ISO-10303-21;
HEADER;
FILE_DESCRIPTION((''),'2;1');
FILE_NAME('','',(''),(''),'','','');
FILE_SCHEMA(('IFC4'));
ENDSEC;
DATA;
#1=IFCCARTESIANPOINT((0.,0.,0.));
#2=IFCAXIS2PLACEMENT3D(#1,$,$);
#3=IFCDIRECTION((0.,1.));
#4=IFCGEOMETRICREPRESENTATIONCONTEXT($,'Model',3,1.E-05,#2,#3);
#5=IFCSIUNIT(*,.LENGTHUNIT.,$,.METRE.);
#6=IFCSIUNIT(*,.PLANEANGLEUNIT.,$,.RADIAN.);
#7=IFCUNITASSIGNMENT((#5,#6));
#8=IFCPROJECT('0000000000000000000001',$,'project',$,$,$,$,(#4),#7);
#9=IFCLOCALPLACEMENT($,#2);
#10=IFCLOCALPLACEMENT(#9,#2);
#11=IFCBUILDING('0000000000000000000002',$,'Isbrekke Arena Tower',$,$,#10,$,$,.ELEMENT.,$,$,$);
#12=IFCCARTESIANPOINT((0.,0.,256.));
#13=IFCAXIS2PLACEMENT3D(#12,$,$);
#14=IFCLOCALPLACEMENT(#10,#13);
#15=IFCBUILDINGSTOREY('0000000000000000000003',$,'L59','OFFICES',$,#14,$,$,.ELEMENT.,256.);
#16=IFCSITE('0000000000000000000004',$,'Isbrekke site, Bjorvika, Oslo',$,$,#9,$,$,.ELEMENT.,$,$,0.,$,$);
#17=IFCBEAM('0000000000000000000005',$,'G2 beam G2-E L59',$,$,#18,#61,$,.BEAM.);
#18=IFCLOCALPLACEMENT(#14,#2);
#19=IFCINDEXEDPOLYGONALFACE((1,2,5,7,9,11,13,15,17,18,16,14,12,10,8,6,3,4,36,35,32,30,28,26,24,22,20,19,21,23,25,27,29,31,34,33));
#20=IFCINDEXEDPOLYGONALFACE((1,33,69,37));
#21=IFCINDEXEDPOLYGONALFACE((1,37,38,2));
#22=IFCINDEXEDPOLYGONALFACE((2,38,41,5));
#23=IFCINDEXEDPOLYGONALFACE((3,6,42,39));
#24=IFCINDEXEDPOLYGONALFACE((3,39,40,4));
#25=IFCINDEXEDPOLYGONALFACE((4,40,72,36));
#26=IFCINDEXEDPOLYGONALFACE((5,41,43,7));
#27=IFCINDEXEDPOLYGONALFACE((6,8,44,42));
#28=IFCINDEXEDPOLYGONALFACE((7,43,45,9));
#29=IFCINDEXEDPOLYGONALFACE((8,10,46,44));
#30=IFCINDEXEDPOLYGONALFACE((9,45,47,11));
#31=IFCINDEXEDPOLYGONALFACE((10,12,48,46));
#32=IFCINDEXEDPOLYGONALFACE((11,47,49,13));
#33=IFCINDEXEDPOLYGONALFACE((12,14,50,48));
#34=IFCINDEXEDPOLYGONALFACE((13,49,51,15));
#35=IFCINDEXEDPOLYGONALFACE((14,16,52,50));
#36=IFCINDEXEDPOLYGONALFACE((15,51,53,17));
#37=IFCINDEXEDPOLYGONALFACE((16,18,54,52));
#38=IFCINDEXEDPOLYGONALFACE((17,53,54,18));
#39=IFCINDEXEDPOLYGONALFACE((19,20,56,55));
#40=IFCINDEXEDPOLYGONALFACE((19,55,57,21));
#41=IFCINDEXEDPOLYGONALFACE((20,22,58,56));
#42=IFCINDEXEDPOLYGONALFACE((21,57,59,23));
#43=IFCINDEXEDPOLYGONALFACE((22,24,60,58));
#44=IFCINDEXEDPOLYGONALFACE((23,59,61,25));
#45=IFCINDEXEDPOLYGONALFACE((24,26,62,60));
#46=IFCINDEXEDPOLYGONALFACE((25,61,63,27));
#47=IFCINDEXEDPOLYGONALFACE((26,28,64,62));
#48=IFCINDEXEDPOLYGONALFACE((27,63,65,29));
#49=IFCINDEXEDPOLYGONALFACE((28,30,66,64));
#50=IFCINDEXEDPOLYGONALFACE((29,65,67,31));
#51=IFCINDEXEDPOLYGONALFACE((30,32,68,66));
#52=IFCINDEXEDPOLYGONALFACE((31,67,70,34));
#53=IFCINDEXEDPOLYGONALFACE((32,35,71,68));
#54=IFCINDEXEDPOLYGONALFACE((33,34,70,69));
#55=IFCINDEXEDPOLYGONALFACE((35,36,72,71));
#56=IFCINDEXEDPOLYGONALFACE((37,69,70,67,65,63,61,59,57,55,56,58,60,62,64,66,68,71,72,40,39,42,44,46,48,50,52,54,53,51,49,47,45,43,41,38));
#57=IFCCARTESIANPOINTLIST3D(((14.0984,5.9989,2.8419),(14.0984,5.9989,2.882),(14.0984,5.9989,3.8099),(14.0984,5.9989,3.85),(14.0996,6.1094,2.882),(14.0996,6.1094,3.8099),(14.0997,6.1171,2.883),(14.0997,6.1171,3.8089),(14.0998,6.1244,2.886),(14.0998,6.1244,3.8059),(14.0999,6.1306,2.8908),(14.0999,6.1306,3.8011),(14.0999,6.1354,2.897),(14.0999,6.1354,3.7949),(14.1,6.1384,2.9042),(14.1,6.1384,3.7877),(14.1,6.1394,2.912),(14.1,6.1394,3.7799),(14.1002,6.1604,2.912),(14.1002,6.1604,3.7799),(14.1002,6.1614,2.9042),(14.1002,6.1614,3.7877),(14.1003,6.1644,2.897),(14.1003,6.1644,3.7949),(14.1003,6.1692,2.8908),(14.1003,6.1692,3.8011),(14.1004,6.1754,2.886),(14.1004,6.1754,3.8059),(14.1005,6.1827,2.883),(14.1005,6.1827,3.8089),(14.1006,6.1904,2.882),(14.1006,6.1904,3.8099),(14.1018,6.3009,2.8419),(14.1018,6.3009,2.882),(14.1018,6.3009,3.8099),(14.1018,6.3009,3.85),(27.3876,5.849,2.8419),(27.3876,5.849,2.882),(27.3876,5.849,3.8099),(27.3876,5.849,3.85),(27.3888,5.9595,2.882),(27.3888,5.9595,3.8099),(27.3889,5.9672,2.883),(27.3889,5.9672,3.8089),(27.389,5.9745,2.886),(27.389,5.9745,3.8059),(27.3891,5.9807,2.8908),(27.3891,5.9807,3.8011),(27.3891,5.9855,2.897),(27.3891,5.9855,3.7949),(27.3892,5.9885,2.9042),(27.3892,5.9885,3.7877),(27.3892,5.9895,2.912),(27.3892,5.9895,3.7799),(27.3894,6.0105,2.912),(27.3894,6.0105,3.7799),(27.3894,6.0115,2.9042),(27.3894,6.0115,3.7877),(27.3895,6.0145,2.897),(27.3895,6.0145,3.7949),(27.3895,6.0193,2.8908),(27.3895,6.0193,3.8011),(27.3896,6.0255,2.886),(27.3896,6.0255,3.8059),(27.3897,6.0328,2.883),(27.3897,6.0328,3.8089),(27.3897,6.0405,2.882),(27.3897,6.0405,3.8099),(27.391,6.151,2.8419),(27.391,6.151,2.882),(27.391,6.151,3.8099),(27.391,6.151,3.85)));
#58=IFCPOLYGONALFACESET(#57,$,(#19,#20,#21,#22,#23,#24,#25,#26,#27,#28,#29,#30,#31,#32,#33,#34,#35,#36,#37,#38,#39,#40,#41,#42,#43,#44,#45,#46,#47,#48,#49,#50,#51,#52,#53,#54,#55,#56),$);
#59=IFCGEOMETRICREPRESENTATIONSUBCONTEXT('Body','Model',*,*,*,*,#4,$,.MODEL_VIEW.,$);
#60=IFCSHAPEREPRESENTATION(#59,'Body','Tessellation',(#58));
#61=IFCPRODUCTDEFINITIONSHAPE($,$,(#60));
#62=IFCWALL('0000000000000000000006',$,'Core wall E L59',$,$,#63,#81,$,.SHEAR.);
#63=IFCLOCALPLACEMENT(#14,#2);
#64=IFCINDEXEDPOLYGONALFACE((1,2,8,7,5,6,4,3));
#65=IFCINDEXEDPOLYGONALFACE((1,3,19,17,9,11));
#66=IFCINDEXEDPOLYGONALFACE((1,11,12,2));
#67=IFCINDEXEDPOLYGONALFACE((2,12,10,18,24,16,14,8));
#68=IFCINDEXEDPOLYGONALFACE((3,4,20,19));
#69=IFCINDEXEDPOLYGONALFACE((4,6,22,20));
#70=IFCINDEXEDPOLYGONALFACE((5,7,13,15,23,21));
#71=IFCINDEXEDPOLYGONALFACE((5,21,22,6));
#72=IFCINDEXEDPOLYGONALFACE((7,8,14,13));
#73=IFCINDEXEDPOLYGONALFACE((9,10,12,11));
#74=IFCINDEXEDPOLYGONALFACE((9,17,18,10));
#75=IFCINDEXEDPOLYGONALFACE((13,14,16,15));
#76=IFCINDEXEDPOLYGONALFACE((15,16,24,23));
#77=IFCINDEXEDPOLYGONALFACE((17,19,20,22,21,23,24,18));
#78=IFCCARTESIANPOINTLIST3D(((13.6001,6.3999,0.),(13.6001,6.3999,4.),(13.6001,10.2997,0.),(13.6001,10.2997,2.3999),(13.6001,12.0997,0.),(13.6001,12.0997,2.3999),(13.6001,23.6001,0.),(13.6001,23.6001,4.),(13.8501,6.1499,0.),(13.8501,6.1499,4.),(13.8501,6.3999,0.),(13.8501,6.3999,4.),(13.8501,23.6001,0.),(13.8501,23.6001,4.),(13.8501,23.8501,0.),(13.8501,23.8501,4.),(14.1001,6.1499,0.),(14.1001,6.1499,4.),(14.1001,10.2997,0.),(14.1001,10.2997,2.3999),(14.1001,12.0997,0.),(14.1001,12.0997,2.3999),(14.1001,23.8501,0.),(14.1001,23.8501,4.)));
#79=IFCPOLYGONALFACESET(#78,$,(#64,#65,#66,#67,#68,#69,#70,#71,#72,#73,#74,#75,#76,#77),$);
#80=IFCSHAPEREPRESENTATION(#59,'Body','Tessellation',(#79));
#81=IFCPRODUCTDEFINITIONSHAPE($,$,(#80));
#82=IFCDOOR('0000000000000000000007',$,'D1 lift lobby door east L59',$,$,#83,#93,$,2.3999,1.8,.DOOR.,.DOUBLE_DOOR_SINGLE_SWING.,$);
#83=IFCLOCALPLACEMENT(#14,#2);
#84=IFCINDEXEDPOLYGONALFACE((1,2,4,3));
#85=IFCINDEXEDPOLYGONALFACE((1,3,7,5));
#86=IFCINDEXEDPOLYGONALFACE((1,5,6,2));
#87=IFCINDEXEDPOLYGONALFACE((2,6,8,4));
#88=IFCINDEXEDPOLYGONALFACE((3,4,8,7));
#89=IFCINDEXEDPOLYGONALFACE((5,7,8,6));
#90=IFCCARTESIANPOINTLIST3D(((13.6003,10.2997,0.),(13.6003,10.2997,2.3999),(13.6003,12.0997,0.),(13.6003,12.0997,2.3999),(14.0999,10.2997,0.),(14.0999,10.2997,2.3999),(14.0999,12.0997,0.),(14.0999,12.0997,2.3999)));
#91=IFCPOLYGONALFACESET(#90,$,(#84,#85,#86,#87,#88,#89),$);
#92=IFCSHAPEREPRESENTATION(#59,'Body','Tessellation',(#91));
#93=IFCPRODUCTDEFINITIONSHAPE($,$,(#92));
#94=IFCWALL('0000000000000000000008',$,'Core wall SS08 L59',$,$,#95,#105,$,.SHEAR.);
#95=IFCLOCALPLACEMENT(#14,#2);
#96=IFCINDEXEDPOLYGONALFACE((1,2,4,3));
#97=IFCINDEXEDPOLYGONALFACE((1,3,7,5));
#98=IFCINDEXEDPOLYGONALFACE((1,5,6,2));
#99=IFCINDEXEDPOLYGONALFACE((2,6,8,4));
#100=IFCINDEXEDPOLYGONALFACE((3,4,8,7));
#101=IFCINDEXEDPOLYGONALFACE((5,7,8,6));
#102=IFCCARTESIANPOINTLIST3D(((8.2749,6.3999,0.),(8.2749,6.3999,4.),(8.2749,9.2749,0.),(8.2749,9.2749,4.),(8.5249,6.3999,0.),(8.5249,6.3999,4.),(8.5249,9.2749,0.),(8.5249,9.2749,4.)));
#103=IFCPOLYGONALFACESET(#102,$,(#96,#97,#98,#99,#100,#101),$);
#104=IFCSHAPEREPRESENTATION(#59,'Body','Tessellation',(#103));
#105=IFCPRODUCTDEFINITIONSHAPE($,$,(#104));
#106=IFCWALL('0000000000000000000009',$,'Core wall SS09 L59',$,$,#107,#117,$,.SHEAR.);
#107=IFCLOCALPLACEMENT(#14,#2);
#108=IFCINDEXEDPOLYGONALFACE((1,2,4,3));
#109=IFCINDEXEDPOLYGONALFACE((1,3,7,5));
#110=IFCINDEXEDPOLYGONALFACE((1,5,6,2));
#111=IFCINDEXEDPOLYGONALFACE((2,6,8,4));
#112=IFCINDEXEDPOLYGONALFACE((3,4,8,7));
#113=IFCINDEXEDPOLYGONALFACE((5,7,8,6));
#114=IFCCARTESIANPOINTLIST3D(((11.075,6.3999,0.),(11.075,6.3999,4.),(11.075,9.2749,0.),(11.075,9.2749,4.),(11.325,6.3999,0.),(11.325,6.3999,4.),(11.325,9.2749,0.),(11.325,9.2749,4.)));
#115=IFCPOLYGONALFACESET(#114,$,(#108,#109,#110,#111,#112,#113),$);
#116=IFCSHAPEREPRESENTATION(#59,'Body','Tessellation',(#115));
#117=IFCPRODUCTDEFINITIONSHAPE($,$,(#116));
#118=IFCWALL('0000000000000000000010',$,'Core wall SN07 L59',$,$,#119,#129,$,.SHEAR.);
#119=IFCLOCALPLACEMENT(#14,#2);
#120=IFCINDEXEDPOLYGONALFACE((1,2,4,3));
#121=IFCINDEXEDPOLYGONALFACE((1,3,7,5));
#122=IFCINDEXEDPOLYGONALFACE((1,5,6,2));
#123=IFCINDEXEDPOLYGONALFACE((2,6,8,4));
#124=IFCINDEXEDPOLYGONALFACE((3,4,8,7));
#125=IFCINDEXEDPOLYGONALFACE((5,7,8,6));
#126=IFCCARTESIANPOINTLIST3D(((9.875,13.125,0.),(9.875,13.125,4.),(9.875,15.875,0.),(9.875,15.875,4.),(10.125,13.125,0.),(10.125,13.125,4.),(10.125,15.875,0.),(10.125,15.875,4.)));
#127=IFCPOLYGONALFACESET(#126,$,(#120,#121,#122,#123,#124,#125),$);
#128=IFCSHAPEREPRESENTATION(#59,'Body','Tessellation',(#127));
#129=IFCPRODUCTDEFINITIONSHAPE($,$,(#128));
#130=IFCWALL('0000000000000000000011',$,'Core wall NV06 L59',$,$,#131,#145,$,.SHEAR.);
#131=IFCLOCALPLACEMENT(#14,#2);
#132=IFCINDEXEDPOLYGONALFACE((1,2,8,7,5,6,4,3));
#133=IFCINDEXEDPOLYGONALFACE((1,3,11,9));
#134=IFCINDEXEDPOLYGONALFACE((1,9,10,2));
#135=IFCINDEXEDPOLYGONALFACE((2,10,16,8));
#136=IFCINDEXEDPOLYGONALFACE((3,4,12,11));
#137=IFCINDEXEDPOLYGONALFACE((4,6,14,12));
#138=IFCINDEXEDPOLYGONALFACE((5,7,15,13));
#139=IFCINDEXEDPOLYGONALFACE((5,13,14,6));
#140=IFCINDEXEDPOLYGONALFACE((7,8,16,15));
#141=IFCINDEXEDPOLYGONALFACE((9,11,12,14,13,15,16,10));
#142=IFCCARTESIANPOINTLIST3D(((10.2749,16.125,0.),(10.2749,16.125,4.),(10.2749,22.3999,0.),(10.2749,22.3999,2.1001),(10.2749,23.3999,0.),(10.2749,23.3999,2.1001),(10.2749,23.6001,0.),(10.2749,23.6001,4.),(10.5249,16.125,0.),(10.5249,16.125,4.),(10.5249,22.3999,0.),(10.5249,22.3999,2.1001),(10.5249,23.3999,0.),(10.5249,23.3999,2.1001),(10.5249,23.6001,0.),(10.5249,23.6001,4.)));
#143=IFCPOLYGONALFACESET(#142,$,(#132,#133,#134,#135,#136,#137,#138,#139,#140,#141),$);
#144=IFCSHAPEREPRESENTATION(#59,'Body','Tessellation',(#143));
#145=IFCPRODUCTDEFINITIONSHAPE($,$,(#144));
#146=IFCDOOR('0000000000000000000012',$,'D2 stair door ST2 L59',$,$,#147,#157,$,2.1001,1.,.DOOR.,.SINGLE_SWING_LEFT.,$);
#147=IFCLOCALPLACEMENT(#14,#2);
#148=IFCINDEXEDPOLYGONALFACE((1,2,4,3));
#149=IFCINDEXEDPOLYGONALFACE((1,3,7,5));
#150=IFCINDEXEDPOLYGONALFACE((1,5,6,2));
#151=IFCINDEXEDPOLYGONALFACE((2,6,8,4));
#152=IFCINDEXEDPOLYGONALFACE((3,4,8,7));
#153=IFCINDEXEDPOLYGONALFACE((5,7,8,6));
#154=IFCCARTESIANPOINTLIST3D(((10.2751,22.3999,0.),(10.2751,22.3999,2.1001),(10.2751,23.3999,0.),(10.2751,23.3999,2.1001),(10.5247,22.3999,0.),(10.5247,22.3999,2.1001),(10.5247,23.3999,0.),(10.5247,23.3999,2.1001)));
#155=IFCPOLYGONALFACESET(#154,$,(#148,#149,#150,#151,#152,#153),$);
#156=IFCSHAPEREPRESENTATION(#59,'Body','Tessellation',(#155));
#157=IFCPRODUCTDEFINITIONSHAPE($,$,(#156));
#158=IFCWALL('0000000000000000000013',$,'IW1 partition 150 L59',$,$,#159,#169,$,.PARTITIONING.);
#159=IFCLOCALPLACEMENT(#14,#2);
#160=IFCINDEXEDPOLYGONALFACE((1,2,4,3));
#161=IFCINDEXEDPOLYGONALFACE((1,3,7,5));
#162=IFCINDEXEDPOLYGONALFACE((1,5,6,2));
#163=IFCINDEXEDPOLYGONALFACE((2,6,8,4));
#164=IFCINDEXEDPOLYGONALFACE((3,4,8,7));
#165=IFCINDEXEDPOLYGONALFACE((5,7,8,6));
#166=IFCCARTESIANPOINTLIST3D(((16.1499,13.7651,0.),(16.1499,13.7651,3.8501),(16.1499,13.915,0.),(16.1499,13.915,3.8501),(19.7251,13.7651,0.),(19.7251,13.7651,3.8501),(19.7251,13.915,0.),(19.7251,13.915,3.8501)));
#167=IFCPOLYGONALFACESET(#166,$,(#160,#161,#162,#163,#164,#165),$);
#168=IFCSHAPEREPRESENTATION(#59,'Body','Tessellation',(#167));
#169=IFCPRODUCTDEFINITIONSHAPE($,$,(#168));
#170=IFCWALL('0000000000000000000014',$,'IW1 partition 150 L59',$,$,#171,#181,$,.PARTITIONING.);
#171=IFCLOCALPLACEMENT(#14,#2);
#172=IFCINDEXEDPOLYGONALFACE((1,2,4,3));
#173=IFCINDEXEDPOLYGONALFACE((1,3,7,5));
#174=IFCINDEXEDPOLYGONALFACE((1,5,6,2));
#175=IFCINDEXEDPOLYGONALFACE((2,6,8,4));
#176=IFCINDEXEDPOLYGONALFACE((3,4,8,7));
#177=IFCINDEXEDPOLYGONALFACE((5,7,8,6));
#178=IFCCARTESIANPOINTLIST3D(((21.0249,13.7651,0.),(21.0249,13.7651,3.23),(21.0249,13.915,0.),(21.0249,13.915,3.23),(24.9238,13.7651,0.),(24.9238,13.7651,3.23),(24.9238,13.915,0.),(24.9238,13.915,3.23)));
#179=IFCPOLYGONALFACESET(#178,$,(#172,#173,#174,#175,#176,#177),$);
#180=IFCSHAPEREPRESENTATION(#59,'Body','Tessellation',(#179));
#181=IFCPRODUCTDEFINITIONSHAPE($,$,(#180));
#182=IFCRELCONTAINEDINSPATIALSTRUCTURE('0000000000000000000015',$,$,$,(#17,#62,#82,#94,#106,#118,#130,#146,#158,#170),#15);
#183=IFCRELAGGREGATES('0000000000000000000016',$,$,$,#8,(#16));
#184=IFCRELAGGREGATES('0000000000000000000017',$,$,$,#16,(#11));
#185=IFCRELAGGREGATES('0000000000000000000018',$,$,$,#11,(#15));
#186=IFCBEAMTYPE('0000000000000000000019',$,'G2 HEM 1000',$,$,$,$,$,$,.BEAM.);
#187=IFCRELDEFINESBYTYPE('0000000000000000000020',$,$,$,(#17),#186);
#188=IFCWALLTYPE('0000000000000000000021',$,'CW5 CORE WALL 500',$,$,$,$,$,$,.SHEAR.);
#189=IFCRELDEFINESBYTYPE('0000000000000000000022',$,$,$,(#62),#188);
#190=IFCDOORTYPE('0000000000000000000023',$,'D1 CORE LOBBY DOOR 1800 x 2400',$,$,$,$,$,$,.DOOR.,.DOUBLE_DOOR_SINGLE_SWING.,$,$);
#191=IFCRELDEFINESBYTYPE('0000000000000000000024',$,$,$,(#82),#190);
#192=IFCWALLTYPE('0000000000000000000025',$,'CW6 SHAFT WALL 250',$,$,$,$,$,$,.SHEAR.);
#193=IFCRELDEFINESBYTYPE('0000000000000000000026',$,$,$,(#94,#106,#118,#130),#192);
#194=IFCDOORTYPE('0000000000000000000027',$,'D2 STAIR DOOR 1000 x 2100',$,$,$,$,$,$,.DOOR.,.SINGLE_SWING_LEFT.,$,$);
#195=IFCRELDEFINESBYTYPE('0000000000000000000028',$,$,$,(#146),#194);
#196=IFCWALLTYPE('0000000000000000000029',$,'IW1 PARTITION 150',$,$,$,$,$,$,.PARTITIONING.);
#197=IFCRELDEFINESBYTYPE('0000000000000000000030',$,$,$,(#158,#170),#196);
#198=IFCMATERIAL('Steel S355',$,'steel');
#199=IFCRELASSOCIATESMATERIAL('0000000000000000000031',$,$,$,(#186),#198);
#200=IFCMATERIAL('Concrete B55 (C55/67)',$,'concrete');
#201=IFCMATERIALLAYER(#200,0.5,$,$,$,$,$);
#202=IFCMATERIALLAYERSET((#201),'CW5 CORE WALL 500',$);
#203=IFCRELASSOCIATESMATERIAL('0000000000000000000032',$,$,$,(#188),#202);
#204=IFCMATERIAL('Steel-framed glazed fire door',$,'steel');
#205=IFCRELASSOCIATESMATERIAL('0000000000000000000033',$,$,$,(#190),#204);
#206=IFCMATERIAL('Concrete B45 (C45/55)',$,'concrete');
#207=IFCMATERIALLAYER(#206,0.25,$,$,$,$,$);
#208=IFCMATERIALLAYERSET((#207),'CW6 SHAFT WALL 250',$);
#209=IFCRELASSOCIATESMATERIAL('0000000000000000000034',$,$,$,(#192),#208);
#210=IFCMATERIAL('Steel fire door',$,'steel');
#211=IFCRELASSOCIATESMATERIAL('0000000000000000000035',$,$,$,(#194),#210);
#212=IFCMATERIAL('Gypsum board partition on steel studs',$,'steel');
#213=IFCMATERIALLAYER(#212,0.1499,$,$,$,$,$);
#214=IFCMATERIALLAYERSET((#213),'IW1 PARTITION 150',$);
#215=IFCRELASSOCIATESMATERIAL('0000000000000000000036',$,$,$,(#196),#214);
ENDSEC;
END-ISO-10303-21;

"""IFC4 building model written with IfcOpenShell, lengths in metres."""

from ifc_helpers import new_model, si_unit, direction, frame, frame_2d, origin, origin_2d, place, context, subcontext, project, spatial, polyline, rectangle, i_section, outline, extrude, material, layer, layer_set, material_profile, profile_set, type_object, element, fill, save


model = new_model("IFC4")

# Units and contexts
model_context = context("Model", 3, precision=1e-05, world=origin(), true_north=direction((0.0, 1.0)))
body_context = subcontext(model_context, "Body", "Model", "MODEL_VIEW")
ifc_project = project(units=[si_unit("LENGTHUNIT", "METRE"), si_unit("PLANEANGLEUNIT", "RADIAN")], contexts=[model_context])

# Site, building, storey
site_placement = place(None, origin())
site = spatial("IfcSite", under=ifc_project, at=site_placement, Name="Isbrekke site, Bjorvika, Oslo", CompositionType="ELEMENT", RefElevation=0.0)
building_placement = place(site_placement, origin())
building = spatial("IfcBuilding", under=site, at=building_placement, Name="Isbrekke Arena Tower", CompositionType="ELEMENT")
storey_placement = place(building_placement, frame((0.0, 0.0, 256.0)))
storey = spatial("IfcBuildingStorey", under=building, at=storey_placement, Name="L59", Description="OFFICES", CompositionType="ELEMENT", Elevation=256.0)

# Beam
ifc_material_1 = material(Name="Steel S355", Category="steel")
ifc_material_profile = material_profile(ifc_material_1, i_section(OverallWidth=0.302, OverallDepth=1.0081, WebThickness=0.021, FlangeThickness=0.04, FilletRadius=0.03, at=origin_2d()), Name="HEM 1000")
ifc_profile_set = profile_set([ifc_material_profile], Name="Steel S355")
beam_type = type_object("IfcBeamType", Name="G2 HEM 1000", PredefinedType="BEAM", material=ifc_profile_set)
beam_placement = place(storey_placement, frame((14.1001, 6.1499, 3.3459), z_axis=(0.999936, -0.011279, 0.0), x_axis=(0.011279, 0.999936, 0.0)))
element("IfcBeam", 1, at=beam_placement, inside=storey, type_object=beam_type, Name="G2 beam G2-E L59", PredefinedType="BEAM", context=body_context, shape_type="SweptSolid", body=[
    extrude(i_section(OverallWidth=0.302, OverallDepth=1.0081, WebThickness=0.021, FlangeThickness=0.04, FilletRadius=0.03, at=origin_2d()), origin(), (0.0, 0.0, 1.0), 13.29),
])

# Wall, opening, door
ifc_material_2 = material(Name="Concrete B55 (C55/67)", Category="concrete")
ifc_layer_1 = layer(ifc_material_2, 0.5)
ifc_layer_set_1 = layer_set([ifc_layer_1], Name="CW5 CORE WALL 500")
wall_type_1 = type_object("IfcWallType", Name="CW5 CORE WALL 500", PredefinedType="SHEAR", material=ifc_layer_set_1)
wall_1_placement = place(storey_placement, frame((13.8501, 6.1499, 0.0), z_axis=(0.0, 0.0, 1.0), x_axis=(0.0, 1.0, 0.0)))
wall_1 = element("IfcWall", 2, at=wall_1_placement, inside=storey, type_object=wall_type_1, Name="Core wall E L59", PredefinedType="SHEAR", context=body_context, shape_type="SweptSolid", body=[
    extrude(outline(polyline([(0.0, -0.25), (17.7002, -0.25), (17.7002, 0.0), (17.4502, 0.0), (17.4502, 0.25), (0.25, 0.25), (0.25, 0.0), (0.0, 0.0), (0.0, -0.25)])), origin(), (0.0, 0.0, 1.0), 4.0),
])
opening_1_placement = place(wall_1_placement, frame((4.1499, 0.0, 0.0)))
opening_1 = element("IfcOpeningElement", 3, at=opening_1_placement, cuts=wall_1, PredefinedType="OPENING", context=body_context, shape_type="SweptSolid", body=[
    extrude(rectangle(XDim=1.8, YDim=2.3999, at=frame_2d((0.8999, 1.2))), frame((0.0, 0.2649, 0.0), z_axis=(0.0, -1.0, 0.0), x_axis=(1.0, 0.0, 0.0)), (0.0, 0.0, 1.0), 0.5298),
])
ifc_material_3 = material(Name="Steel-framed glazed fire door", Category="steel")
door_type_1 = type_object("IfcDoorType", Name="D1 CORE LOBBY DOOR 1800 x 2400", OperationType="DOUBLE_DOOR_SINGLE_SWING", PredefinedType="DOOR", material=ifc_material_3)
door_1_placement = place(opening_1_placement, origin())
door_1 = element("IfcDoor", 4, at=door_1_placement, inside=storey, type_object=door_type_1, Name="D1 lift lobby door east L59", OperationType="DOUBLE_DOOR_SINGLE_SWING", OverallHeight=2.3999, OverallWidth=1.8, PredefinedType="DOOR", context=body_context, shape_type="SweptSolid", body=[
    extrude(rectangle(XDim=1.8, YDim=2.3999, at=frame_2d((0.8999, 1.2))), frame((0.0, 0.2498, 0.0), z_axis=(0.0, -1.0, 0.0), x_axis=(1.0, 0.0, 0.0)), (0.0, 0.0, 1.0), 0.4995),
])
fill(opening_1, door_1)

# Walls
ifc_material_4 = material(Name="Concrete B45 (C45/55)", Category="concrete")
ifc_layer_2 = layer(ifc_material_4, 0.25)
ifc_layer_set_2 = layer_set([ifc_layer_2], Name="CW6 SHAFT WALL 250")
wall_type_2 = type_object("IfcWallType", Name="CW6 SHAFT WALL 250", PredefinedType="SHEAR", material=ifc_layer_set_2)
for number, where, z_axis, x_axis, name in (
    (5, (8.3999, 6.3999, 0.0), (0.0, 0.0, 1.0), (0.0, 1.0, 0.0), "Core wall SS08 L59"),
    (6, (11.2, 6.3999, 0.0), (0.0, 0.0, 1.0), (0.0, 1.0, 0.0), "Core wall SS09 L59"),
):
    element("IfcWall", number, at=place(storey_placement, frame(where, z_axis=z_axis, x_axis=x_axis)), inside=storey, type_object=wall_type_2, Name=name, PredefinedType="SHEAR", context=body_context, shape_type="SweptSolid", body=[
        extrude(rectangle(XDim=2.875, YDim=0.25, at=frame_2d((1.4375, 0.0))), origin(), (0.0, 0.0, 1.0), 4.0),
    ])
wall_2_placement = place(storey_placement, frame((10.0, 13.125, 0.0), z_axis=(0.0, 0.0, 1.0), x_axis=(0.0, 1.0, 0.0)))
element("IfcWall", 7, at=wall_2_placement, inside=storey, type_object=wall_type_2, Name="Core wall SN07 L59", PredefinedType="SHEAR", context=body_context, shape_type="SweptSolid", body=[
    extrude(rectangle(XDim=2.75, YDim=0.25, at=frame_2d((1.375, 0.0))), origin(), (0.0, 0.0, 1.0), 4.0),
])

# Wall, opening, door
wall_3_placement = place(storey_placement, frame((10.3999, 16.125, 0.0), z_axis=(0.0, 0.0, 1.0), x_axis=(0.0, 1.0, 0.0)))
wall_3 = element("IfcWall", 8, at=wall_3_placement, inside=storey, type_object=wall_type_2, Name="Core wall NV06 L59", PredefinedType="SHEAR", context=body_context, shape_type="SweptSolid", body=[
    extrude(rectangle(XDim=7.4751, YDim=0.25, at=frame_2d((3.7375, 0.0))), origin(), (0.0, 0.0, 1.0), 4.0),
])
opening_2_placement = place(wall_3_placement, frame((6.2749, 0.0, 0.0)))
opening_2 = element("IfcOpeningElement", 9, at=opening_2_placement, cuts=wall_3, PredefinedType="OPENING", context=body_context, shape_type="SweptSolid", body=[
    extrude(rectangle(XDim=1.0, YDim=2.1001, at=frame_2d((0.5, 1.05))), frame((0.0, 0.1399, 0.0), z_axis=(0.0, -1.0, 0.0), x_axis=(1.0, 0.0, 0.0)), (0.0, 0.0, 1.0), 0.2798),
])
ifc_material_5 = material(Name="Steel fire door", Category="steel")
door_type_2 = type_object("IfcDoorType", Name="D2 STAIR DOOR 1000 x 2100", OperationType="SINGLE_SWING_LEFT", PredefinedType="DOOR", material=ifc_material_5)
door_2_placement = place(opening_2_placement, origin())
door_2 = element("IfcDoor", 10, at=door_2_placement, inside=storey, type_object=door_type_2, Name="D2 stair door ST2 L59", OperationType="SINGLE_SWING_LEFT", OverallHeight=2.1001, OverallWidth=1.0, PredefinedType="DOOR", context=body_context, shape_type="SweptSolid", body=[
    extrude(rectangle(XDim=1.0, YDim=2.1001, at=frame_2d((0.5, 1.05))), frame((0.0, 0.1248, 0.0), z_axis=(0.0, -1.0, 0.0), x_axis=(1.0, 0.0, 0.0)), (0.0, 0.0, 1.0), 0.2495),
])
fill(opening_2, door_2)

# Walls
ifc_material_6 = material(Name="Gypsum board partition on steel studs", Category="steel")
ifc_layer_3 = layer(ifc_material_6, 0.1499)
ifc_layer_set_3 = layer_set([ifc_layer_3], Name="IW1 PARTITION 150")
wall_type_3 = type_object("IfcWallType", Name="IW1 PARTITION 150", PredefinedType="PARTITIONING", material=ifc_layer_set_3)
wall_4_placement = place(storey_placement, frame((16.1499, 13.8401, 0.0), z_axis=(0.0, 0.0, 1.0), x_axis=(1.0, 0.0, 0.0)))
element("IfcWall", 11, at=wall_4_placement, inside=storey, type_object=wall_type_3, Name="IW1 partition 150 L59", PredefinedType="PARTITIONING", context=body_context, shape_type="SweptSolid", body=[
    extrude(rectangle(XDim=3.5752, YDim=0.1499, at=frame_2d((1.7876, 0.0))), origin(), (0.0, 0.0, 1.0), 3.8501),
])
wall_5_placement = place(storey_placement, frame((21.0249, 13.8401, 0.0), z_axis=(0.0, 0.0, 1.0), x_axis=(1.0, 0.0, 0.0)))
element("IfcWall", 12, at=wall_5_placement, inside=storey, type_object=wall_type_3, Name="IW1 partition 150 L59", PredefinedType="PARTITIONING", context=body_context, shape_type="SweptSolid", body=[
    extrude(rectangle(XDim=3.8989, YDim=0.1499, at=frame_2d((1.9495, 0.0))), origin(), (0.0, 0.0, 1.0), 3.23),
])

save(model, "model.ifc")
